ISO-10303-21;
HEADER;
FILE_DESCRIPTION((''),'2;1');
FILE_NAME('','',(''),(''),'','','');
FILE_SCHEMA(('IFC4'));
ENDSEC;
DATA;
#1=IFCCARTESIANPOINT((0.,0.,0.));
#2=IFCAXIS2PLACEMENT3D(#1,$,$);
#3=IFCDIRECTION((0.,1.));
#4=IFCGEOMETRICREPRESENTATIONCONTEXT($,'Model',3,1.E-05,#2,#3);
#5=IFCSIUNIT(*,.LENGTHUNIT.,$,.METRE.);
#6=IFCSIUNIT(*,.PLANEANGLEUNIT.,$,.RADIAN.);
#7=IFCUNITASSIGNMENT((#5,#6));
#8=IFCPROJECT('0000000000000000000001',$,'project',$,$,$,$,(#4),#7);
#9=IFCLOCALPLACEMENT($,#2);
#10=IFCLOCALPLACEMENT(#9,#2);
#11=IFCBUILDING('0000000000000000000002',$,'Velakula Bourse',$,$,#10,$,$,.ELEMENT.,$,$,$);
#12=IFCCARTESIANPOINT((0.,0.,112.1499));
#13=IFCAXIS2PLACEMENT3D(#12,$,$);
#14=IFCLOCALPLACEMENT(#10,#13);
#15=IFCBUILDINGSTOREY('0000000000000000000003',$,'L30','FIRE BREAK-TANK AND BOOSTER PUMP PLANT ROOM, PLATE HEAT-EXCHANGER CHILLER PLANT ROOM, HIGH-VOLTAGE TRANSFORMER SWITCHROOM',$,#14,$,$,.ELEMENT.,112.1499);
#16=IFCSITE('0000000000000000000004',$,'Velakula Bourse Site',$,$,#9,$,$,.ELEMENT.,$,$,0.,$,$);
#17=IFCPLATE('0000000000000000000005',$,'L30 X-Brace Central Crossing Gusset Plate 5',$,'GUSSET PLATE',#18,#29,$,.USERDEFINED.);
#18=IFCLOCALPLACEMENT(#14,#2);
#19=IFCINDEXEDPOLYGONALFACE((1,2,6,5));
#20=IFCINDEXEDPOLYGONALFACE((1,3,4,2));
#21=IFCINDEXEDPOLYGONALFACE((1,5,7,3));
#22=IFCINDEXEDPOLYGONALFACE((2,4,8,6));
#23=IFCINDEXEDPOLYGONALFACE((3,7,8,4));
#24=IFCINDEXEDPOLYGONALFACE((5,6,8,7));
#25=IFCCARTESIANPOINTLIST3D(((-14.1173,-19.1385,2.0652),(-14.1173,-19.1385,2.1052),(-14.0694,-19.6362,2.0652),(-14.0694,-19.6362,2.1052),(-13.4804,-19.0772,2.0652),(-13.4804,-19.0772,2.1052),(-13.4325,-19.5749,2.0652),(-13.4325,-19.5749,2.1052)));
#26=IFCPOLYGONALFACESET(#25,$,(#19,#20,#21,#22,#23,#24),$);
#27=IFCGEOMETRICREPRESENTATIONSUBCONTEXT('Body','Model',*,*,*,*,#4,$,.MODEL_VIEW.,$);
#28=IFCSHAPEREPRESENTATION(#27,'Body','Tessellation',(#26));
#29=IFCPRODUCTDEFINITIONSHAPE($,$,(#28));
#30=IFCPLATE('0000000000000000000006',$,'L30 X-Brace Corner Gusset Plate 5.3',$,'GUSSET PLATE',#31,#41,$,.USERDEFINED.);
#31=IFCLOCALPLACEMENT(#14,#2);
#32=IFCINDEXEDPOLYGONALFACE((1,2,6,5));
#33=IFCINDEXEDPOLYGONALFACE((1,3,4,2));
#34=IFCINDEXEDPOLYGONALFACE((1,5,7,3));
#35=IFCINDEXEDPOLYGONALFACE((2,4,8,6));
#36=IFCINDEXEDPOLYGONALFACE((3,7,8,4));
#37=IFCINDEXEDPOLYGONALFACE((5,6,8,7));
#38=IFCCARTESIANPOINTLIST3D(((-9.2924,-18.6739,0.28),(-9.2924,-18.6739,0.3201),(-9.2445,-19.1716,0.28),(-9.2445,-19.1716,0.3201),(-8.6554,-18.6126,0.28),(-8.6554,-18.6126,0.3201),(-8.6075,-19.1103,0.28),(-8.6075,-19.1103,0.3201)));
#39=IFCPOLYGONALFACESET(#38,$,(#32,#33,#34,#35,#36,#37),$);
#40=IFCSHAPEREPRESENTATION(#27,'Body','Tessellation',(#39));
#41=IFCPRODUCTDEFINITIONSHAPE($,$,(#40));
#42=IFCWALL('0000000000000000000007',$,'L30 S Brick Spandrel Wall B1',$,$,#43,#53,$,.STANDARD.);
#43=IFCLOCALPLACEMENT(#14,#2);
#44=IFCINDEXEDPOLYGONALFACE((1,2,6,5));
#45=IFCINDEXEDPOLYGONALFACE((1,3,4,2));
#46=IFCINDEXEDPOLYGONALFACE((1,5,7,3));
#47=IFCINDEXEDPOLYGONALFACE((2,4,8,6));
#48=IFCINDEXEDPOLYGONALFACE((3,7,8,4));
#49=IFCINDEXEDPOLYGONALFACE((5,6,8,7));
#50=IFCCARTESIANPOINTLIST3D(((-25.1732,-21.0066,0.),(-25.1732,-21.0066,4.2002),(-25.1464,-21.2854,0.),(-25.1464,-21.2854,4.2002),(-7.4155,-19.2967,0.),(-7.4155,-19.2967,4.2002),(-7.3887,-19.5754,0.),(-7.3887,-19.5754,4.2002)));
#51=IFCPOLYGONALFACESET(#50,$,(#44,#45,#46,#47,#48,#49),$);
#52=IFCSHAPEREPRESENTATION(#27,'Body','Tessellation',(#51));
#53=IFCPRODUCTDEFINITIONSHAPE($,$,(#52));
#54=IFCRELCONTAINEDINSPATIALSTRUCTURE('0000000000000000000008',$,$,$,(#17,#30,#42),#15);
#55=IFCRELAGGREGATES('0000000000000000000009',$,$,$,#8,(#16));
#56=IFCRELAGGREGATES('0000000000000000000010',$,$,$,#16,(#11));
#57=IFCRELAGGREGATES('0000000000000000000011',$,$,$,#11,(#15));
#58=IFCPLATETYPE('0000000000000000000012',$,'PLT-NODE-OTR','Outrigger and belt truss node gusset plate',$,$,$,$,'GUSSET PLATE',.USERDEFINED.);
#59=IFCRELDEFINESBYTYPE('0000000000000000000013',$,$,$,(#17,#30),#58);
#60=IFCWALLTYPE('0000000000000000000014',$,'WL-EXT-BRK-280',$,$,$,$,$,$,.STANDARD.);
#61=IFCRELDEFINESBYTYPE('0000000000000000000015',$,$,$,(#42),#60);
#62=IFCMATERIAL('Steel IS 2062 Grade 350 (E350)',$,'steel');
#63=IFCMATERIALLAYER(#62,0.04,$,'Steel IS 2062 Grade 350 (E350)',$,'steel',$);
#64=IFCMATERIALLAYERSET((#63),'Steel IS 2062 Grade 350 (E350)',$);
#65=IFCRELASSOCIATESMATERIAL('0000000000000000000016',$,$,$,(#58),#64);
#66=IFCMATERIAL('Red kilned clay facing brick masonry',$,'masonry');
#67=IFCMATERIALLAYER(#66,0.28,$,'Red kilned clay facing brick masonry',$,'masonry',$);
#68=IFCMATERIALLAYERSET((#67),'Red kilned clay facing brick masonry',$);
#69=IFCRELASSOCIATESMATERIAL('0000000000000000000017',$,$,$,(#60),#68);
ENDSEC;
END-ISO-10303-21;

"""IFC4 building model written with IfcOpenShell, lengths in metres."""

from ifc_helpers import new_model, si_unit, direction, frame, frame_2d, origin, origin_2d, place, context, subcontext, project, spatial, rectangle, extrude, material, layer, layer_set, type_object, element, save


model = new_model("IFC4")

# Units and contexts
model_context = context("Model", 3, precision=1e-05, world=origin(), true_north=direction((0.0, 1.0)))
body_context = subcontext(model_context, "Body", "Model", "MODEL_VIEW")
ifc_project = project(units=[si_unit("LENGTHUNIT", "METRE"), si_unit("PLANEANGLEUNIT", "RADIAN")], contexts=[model_context])

# Site, building, storey
site_placement = place(None, origin())
site = spatial("IfcSite", under=ifc_project, at=site_placement, Name="Velakula Bourse Site", CompositionType="ELEMENT", RefElevation=0.0)
building_placement = place(site_placement, origin())
building = spatial("IfcBuilding", under=site, at=building_placement, Name="Velakula Bourse", CompositionType="ELEMENT")
storey_placement = place(building_placement, frame((0.0, 0.0, 112.1499)))
storey = spatial("IfcBuildingStorey", under=building, at=storey_placement, Name="L30", Description="FIRE BREAK-TANK AND BOOSTER PUMP PLANT ROOM, PLATE HEAT-EXCHANGER CHILLER PLANT ROOM, HIGH-VOLTAGE TRANSFORMER SWITCHROOM", CompositionType="ELEMENT", Elevation=112.1499)

# Shared definitions
ifc_material_1 = material(Name="Steel IS 2062 Grade 350 (E350)", Category="steel")

# Plates
ifc_layer_1 = layer(ifc_material_1, 0.04, Name="Steel IS 2062 Grade 350 (E350)", Category="steel")
ifc_layer_set_1 = layer_set([ifc_layer_1], Name="Steel IS 2062 Grade 350 (E350)")
plate_type_1 = type_object("IfcPlateType", Name="PLT-NODE-OTR", Description="Outrigger and belt truss node gusset plate", ElementType="GUSSET PLATE", PredefinedType="USERDEFINED", material=ifc_layer_set_1)
for number, where, z_axis, x_axis, name in (
    (1, (-13.7749, -19.3567, 2.0652), (0.0, 0.0, 1.0), (0.995396, 0.095846, 0.0), "L30 X-Brace Central Crossing Gusset Plate 5"),
    (2, (-8.95, -18.8921, 0.28), (0.0, 0.0, 1.0), (0.995396, 0.095846, 0.0), "L30 X-Brace Corner Gusset Plate 5.3"),
):
    element("IfcPlate", number, at=place(storey_placement, frame(where, z_axis=z_axis, x_axis=x_axis)), inside=storey, type_object=plate_type_1, Name=name, ObjectType="GUSSET PLATE", PredefinedType="USERDEFINED", context=body_context, shape_type="SweptSolid", body=[
        extrude(rectangle(XDim=0.6399, YDim=0.5, at=origin_2d()), origin(), (0.0, 0.0, 1.0), 0.04),
    ])

# Wall
ifc_material_2 = material(Name="Red kilned clay facing brick masonry", Category="masonry")
ifc_layer_2 = layer(ifc_material_2, 0.28, Name="Red kilned clay facing brick masonry", Category="masonry")
ifc_layer_set_2 = layer_set([ifc_layer_2], Name="Red kilned clay facing brick masonry")
wall_type = type_object("IfcWallType", Name="WL-EXT-BRK-280", PredefinedType="STANDARD", material=ifc_layer_set_2)
wall_placement = place(storey_placement, frame((-7.4021, -19.436, 0.0), z_axis=(0.0, 0.0, 1.0), x_axis=(-0.995396, -0.09585, 0.0)))
element("IfcWall", 3, at=wall_placement, inside=storey, type_object=wall_type, Name="L30 S Brick Spandrel Wall B1", PredefinedType="STANDARD", context=body_context, shape_type="SweptSolid", body=[
    extrude(rectangle(XDim=17.8398, YDim=0.28, at=frame_2d((8.9199, 0.0))), origin(), (0.0, 0.0, 1.0), 4.2002),
])

save(model, "model.ifc")
